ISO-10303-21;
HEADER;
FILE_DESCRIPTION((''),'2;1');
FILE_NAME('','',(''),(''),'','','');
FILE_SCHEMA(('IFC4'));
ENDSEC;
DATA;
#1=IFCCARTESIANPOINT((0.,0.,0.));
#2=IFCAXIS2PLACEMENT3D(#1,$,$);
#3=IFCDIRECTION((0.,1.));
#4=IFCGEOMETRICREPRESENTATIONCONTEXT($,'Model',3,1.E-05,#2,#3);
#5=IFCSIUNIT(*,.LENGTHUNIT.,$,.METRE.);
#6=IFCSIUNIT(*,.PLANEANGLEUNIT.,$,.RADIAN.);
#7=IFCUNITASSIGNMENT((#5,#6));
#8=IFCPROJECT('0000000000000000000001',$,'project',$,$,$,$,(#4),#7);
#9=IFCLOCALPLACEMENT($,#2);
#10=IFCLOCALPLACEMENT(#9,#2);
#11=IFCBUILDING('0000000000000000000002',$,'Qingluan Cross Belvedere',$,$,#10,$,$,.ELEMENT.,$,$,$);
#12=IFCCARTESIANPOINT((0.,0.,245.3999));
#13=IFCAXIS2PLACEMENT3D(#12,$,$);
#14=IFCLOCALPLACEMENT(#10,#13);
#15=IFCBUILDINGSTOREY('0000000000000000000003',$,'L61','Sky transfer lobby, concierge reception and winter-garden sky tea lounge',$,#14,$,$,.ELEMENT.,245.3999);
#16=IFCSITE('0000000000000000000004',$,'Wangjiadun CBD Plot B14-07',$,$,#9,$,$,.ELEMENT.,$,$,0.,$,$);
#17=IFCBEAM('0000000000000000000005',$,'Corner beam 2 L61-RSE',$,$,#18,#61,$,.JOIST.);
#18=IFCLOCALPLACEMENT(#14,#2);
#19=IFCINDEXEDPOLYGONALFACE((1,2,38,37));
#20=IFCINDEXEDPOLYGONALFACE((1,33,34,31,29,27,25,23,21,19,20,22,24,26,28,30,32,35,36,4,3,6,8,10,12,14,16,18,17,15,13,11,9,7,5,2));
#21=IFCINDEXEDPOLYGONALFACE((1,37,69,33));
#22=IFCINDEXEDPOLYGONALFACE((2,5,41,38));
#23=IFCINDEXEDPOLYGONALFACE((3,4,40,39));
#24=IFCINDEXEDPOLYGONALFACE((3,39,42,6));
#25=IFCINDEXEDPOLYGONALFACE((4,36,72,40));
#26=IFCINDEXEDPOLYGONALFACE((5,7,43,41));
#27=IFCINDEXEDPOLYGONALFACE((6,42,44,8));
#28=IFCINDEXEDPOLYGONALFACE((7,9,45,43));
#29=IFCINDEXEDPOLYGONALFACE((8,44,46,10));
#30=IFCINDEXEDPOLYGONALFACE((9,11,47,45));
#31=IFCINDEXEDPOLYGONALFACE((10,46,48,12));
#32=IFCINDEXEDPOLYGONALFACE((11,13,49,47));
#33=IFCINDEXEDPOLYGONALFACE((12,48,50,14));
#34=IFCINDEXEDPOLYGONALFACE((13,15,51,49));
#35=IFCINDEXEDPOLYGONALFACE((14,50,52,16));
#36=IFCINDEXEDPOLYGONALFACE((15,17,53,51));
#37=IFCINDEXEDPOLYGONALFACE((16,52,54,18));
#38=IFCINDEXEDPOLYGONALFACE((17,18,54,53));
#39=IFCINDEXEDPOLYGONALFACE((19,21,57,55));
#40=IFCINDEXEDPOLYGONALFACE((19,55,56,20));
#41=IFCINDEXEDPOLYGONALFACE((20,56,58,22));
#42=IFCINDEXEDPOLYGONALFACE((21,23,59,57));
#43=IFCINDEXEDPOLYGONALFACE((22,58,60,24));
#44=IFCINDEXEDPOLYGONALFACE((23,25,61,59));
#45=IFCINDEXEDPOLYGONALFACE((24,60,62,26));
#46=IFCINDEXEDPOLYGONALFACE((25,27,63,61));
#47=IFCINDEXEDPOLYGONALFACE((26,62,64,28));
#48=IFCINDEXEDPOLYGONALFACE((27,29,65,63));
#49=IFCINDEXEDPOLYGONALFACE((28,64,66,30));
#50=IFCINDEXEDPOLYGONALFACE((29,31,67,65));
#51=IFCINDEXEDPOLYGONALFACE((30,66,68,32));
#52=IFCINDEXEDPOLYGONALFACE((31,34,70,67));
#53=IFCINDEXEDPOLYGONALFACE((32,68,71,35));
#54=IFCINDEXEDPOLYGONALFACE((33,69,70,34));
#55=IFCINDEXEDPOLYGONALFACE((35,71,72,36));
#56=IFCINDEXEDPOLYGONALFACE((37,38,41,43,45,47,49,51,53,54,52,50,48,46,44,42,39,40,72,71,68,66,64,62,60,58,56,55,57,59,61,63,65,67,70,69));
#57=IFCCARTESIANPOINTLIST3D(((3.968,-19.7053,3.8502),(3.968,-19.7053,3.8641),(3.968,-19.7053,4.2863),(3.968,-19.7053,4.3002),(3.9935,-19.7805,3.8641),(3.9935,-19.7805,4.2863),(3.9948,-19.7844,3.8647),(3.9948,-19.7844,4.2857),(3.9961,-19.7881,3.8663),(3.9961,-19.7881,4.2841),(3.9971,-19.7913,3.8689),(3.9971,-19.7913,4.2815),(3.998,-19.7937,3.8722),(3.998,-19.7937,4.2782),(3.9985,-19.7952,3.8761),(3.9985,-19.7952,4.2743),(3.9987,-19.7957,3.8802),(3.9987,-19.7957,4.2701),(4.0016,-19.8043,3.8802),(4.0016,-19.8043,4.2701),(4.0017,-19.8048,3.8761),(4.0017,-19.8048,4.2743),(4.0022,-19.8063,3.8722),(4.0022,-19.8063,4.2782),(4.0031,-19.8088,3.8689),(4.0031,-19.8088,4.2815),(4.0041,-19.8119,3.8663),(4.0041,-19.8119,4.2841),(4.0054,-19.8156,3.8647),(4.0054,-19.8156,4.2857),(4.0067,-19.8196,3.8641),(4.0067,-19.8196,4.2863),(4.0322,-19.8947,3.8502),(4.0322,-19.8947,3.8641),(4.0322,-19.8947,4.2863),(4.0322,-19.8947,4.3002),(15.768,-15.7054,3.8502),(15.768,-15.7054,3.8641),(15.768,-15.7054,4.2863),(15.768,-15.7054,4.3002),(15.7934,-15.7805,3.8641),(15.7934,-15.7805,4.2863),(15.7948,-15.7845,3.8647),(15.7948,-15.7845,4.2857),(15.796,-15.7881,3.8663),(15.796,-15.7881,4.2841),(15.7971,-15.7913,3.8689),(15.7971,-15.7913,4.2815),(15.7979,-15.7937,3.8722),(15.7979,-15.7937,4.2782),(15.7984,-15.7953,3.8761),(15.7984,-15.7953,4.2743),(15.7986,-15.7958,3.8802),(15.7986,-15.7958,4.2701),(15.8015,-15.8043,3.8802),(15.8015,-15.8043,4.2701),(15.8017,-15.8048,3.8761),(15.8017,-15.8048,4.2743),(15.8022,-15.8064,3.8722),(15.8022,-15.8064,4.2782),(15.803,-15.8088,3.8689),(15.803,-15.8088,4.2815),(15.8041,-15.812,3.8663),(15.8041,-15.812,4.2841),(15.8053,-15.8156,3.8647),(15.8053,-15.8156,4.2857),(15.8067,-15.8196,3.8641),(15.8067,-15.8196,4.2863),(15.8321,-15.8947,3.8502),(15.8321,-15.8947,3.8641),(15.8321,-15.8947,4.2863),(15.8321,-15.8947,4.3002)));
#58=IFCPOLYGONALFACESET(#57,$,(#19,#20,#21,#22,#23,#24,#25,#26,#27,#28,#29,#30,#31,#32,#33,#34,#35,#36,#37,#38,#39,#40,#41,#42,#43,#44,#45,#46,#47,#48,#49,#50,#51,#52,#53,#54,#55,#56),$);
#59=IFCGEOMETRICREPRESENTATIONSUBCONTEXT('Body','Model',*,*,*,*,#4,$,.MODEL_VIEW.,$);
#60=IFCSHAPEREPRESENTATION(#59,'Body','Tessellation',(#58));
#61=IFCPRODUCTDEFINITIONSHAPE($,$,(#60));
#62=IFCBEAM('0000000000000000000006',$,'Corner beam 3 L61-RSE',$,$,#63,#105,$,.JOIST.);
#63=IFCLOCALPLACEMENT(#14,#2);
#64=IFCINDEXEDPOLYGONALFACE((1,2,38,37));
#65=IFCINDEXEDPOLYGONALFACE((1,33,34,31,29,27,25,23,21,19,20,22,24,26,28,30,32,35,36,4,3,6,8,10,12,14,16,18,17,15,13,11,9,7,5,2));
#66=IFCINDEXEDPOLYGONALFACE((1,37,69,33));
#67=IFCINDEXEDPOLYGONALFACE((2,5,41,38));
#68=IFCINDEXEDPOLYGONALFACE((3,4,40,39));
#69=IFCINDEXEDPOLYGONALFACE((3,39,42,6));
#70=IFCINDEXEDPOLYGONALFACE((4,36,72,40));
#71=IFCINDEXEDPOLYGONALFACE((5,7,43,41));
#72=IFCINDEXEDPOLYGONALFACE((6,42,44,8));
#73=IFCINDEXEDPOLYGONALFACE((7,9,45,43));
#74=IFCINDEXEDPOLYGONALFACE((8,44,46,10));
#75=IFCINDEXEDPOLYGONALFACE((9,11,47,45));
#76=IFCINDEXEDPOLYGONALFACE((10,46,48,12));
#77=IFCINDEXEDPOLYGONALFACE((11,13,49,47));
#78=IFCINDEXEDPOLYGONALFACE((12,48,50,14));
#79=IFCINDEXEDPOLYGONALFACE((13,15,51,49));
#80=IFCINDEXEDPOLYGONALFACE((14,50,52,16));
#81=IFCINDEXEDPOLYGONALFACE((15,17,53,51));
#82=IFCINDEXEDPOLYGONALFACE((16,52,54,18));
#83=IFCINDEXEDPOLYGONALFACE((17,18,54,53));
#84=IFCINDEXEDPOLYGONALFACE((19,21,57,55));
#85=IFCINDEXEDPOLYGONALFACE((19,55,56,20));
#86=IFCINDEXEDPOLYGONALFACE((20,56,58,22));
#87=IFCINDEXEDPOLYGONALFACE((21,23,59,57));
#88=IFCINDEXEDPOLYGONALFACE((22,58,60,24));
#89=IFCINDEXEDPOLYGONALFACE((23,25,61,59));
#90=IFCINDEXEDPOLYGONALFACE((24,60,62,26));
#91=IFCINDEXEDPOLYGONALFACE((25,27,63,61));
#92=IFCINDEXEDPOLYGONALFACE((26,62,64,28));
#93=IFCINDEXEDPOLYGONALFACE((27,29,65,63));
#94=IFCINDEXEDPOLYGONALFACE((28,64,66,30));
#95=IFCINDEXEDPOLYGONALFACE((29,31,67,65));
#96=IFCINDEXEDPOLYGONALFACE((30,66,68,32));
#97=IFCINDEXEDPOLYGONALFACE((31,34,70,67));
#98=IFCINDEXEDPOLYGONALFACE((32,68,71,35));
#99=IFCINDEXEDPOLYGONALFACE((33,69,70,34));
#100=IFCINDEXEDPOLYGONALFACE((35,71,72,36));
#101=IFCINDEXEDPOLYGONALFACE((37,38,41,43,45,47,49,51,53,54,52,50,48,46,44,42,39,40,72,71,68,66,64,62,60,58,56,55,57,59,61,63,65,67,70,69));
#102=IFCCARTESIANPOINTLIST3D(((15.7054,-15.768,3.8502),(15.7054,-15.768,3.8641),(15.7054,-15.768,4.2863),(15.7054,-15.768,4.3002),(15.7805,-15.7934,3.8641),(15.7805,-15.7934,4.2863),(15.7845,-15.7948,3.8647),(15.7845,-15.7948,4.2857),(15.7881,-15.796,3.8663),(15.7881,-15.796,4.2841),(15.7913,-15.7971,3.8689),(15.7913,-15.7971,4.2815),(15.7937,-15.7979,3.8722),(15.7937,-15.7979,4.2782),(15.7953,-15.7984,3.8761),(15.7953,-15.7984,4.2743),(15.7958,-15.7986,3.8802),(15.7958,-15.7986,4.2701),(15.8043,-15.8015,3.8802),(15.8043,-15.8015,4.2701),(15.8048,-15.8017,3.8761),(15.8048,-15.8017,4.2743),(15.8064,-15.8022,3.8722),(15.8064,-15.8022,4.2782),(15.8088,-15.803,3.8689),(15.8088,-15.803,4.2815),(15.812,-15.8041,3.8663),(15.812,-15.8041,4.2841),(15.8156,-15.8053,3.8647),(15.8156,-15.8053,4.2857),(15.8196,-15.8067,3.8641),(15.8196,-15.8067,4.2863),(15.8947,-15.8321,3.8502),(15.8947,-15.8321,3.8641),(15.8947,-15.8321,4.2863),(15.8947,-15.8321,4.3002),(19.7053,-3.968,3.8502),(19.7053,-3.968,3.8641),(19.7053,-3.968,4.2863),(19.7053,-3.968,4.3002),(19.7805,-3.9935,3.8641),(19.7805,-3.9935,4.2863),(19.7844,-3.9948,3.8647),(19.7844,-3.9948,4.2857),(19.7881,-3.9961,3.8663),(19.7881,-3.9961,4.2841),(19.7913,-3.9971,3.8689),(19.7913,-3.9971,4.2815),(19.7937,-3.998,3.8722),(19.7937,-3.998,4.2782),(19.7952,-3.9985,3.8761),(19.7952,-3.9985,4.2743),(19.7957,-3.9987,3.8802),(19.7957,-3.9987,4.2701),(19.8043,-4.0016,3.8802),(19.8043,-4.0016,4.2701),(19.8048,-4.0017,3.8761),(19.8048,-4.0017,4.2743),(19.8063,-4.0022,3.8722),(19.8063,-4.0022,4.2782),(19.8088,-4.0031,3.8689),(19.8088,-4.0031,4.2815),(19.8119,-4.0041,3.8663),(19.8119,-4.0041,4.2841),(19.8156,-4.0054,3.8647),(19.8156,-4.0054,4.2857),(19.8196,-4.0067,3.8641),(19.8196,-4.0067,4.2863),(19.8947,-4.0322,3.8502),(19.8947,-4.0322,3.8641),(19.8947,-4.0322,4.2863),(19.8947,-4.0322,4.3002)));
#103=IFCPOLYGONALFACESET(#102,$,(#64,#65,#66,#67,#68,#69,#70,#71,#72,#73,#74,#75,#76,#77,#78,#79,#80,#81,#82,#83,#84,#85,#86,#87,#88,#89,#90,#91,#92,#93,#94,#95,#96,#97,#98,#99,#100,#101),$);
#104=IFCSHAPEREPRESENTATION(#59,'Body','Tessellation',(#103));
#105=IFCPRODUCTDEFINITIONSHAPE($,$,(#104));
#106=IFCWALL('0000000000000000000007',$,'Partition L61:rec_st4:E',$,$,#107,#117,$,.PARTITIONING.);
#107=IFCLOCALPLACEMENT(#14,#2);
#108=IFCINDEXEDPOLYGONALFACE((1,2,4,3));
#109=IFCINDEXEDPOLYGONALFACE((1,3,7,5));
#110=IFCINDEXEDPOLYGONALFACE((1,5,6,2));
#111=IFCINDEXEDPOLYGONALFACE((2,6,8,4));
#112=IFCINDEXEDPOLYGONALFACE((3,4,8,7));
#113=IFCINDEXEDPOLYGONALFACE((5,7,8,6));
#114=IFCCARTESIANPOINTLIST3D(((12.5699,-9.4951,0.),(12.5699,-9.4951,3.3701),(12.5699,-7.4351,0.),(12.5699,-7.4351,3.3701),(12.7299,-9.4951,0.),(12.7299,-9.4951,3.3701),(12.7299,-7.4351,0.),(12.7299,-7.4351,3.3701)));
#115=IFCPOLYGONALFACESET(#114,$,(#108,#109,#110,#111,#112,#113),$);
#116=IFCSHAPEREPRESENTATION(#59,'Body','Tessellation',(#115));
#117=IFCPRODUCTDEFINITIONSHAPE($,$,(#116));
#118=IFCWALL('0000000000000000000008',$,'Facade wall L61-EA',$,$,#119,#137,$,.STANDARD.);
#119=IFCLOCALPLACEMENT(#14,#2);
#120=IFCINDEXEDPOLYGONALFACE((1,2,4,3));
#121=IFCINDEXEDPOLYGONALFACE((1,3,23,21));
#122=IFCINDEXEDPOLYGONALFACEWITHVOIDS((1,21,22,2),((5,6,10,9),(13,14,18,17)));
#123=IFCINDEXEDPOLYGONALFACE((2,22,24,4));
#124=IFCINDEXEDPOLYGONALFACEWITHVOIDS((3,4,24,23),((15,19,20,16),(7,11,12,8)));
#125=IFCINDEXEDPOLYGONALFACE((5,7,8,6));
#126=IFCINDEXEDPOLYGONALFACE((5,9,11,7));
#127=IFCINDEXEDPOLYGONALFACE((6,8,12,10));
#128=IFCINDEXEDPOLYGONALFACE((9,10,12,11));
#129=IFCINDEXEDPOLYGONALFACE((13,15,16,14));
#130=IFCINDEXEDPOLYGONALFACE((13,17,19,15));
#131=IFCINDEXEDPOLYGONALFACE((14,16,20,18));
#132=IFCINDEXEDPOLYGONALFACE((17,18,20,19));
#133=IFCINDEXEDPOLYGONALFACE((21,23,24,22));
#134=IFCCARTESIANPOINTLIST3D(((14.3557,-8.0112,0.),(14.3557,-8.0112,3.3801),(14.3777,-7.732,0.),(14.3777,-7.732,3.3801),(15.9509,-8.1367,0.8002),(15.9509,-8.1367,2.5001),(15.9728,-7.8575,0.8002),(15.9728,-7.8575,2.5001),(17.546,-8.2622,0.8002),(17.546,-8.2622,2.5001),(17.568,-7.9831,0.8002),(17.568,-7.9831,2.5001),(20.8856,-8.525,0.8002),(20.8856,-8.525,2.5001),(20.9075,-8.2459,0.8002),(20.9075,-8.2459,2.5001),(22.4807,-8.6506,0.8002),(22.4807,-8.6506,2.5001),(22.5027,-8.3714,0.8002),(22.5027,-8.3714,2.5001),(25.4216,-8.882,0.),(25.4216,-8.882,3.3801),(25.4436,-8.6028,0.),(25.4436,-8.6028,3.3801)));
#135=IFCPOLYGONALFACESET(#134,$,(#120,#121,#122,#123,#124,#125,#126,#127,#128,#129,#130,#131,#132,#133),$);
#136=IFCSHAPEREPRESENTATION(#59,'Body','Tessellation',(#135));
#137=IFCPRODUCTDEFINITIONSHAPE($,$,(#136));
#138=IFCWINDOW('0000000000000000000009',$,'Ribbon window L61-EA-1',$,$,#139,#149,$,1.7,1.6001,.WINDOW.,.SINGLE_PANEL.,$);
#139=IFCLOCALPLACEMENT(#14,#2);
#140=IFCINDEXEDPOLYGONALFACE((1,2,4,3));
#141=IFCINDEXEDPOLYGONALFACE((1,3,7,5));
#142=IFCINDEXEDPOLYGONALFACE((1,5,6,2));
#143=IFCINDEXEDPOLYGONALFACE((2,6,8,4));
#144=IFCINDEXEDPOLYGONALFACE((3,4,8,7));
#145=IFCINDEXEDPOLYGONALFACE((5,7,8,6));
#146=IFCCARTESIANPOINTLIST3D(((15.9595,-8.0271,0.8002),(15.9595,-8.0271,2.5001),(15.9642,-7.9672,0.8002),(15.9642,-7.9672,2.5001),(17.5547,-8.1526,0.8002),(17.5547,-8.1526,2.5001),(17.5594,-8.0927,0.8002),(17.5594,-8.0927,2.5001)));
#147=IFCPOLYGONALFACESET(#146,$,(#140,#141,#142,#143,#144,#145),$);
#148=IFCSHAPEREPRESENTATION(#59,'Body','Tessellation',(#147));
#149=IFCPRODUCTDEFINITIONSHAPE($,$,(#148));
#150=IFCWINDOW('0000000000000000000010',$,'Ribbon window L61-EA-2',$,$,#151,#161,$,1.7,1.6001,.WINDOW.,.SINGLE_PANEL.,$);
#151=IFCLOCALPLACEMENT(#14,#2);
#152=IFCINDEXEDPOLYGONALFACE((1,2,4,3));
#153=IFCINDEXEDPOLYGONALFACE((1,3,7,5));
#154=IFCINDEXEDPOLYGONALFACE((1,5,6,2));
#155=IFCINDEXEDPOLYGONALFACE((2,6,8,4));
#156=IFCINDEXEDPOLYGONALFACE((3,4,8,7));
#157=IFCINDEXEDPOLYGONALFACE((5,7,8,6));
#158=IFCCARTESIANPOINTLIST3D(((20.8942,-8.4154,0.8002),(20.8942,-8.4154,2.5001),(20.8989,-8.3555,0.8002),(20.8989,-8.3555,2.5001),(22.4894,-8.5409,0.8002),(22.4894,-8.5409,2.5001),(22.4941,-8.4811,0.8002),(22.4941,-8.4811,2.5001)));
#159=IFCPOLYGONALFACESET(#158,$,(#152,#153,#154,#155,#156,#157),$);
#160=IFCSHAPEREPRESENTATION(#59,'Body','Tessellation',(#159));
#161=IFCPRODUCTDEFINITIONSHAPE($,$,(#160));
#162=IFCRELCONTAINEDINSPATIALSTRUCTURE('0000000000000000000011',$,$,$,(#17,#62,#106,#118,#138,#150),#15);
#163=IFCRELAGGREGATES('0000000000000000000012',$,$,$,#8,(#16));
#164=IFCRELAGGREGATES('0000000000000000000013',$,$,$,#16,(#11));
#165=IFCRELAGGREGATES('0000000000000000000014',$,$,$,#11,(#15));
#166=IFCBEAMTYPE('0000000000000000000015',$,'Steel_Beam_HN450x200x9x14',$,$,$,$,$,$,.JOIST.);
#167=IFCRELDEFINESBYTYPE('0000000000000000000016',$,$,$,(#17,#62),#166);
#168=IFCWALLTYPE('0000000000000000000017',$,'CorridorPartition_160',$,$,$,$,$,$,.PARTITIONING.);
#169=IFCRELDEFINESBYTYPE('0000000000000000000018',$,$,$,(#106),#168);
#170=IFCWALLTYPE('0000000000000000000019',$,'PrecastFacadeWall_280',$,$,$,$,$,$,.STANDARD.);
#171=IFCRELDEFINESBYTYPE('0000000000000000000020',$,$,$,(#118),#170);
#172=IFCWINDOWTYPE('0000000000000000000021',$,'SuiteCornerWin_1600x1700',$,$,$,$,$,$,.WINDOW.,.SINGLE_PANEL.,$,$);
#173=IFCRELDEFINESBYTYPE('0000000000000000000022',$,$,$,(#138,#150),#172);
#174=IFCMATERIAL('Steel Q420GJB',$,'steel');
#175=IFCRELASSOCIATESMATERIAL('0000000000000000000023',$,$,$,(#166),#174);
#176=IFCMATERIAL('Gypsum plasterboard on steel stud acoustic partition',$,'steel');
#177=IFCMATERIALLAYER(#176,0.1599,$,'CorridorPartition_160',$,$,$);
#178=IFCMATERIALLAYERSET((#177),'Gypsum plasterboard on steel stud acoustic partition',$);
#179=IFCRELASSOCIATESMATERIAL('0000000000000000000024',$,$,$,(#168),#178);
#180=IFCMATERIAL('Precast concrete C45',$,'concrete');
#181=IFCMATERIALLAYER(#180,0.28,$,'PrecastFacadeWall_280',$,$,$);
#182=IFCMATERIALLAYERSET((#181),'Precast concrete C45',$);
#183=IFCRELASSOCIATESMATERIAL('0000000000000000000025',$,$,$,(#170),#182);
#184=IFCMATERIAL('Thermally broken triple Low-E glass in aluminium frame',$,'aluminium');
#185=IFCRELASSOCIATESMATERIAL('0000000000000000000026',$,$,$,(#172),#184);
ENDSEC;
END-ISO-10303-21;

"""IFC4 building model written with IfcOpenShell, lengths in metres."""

from ifc_helpers import new_model, si_unit, direction, frame, frame_2d, origin, origin_2d, place, context, subcontext, project, spatial, rectangle, i_section, extrude, material, layer, layer_set, material_profile, profile_set, type_object, element, fill, save


model = new_model("IFC4")

# Units and contexts
model_context = context("Model", 3, precision=1e-05, world=origin(), true_north=direction((0.0, 1.0)))
body_context = subcontext(model_context, "Body", "Model", "MODEL_VIEW")
ifc_project = project(units=[si_unit("LENGTHUNIT", "METRE"), si_unit("PLANEANGLEUNIT", "RADIAN")], contexts=[model_context])

# Site, building, storey
site_placement = place(None, origin())
site = spatial("IfcSite", under=ifc_project, at=site_placement, Name="Wangjiadun CBD Plot B14-07", CompositionType="ELEMENT", RefElevation=0.0)
building_placement = place(site_placement, origin())
building = spatial("IfcBuilding", under=site, at=building_placement, Name="Qingluan Cross Belvedere", CompositionType="ELEMENT")
storey_placement = place(building_placement, frame((0.0, 0.0, 245.3999)))
storey = spatial("IfcBuildingStorey", under=building, at=storey_placement, Name="L61", Description="Sky transfer lobby, concierge reception and winter-garden sky tea lounge", CompositionType="ELEMENT", Elevation=245.3999)

# Beams
ifc_material_1 = material(Name="Steel Q420GJB", Category="steel")
ifc_material_profile_1 = material_profile(ifc_material_1, i_section(OverallWidth=0.2, OverallDepth=0.45, WebThickness=0.009, FlangeThickness=0.0139, FilletRadius=0.0161, at=origin_2d()), Name="HN450x200x9x14")
ifc_profile_set_1 = profile_set([ifc_material_profile_1], Name="Steel Q420GJB")
beam_type_1 = type_object("IfcBeamType", Name="Steel_Beam_HN450x200x9x14", PredefinedType="JOIST", material=ifc_profile_set_1)
for number, where, z_axis, x_axis, name in (
    (1, (15.8, -15.8, 4.0752), (-0.947066, -0.321038, 0.0), (0.321038, -0.947066, 0.0), "Corner beam 2 L61-RSE"),
    (2, (15.8, -15.8, 4.0752), (0.321038, 0.947066, 0.0), (-0.947066, 0.321038, 0.0), "Corner beam 3 L61-RSE"),
):
    element("IfcBeam", number, at=place(storey_placement, frame(where, z_axis=z_axis, x_axis=x_axis)), inside=storey, type_object=beam_type_1, Name=name, PredefinedType="JOIST", context=body_context, shape_type="SweptSolid", body=[
        extrude(i_section(OverallWidth=0.2, OverallDepth=0.45, WebThickness=0.009, FlangeThickness=0.0139, FilletRadius=0.0161, at=origin_2d()), origin(), (0.0, 0.0, 1.0), 12.4595),
    ])

# Wall
ifc_material_2 = material(Name="Gypsum plasterboard on steel stud acoustic partition", Category="steel")
ifc_layer_1 = layer(ifc_material_2, 0.1599, Name="CorridorPartition_160")
ifc_layer_set_1 = layer_set([ifc_layer_1], Name="Gypsum plasterboard on steel stud acoustic partition")
wall_type_1 = type_object("IfcWallType", Name="CorridorPartition_160", PredefinedType="PARTITIONING", material=ifc_layer_set_1)
wall_1_placement = place(storey_placement, frame((12.6499, -9.4951, 0.0), z_axis=(0.0, 0.0, 1.0), x_axis=(0.0, 1.0, 0.0)))
element("IfcWall", 3, at=wall_1_placement, inside=storey, type_object=wall_type_1, Name="Partition L61:rec_st4:E", PredefinedType="PARTITIONING", context=body_context, shape_type="SweptSolid", body=[
    extrude(rectangle(XDim=2.0601, YDim=0.1599, at=frame_2d((1.03, 0.0))), origin(), (0.0, 0.0, 1.0), 3.3701),
])

# Wall, openings, windows
ifc_material_3 = material(Name="Precast concrete C45", Category="concrete")
ifc_layer_2 = layer(ifc_material_3, 0.28, Name="PrecastFacadeWall_280")
ifc_layer_set_2 = layer_set([ifc_layer_2], Name="Precast concrete C45")
wall_type_2 = type_object("IfcWallType", Name="PrecastFacadeWall_280", PredefinedType="STANDARD", material=ifc_layer_set_2)
wall_2_placement = place(storey_placement, frame((14.3667, -7.8716, 0.0), z_axis=(0.0, 0.0, 1.0), x_axis=(0.996918, -0.078454, 0.0)))
wall_2 = element("IfcWall", 4, at=wall_2_placement, inside=storey, type_object=wall_type_2, Name="Facade wall L61-EA", PredefinedType="STANDARD", context=body_context, shape_type="SweptSolid", body=[
    extrude(rectangle(XDim=11.1001, YDim=0.28, at=frame_2d((5.55, 0.0))), origin(), (0.0, 0.0, 1.0), 3.3801),
])
opening_1_placement = place(wall_2_placement, frame((1.6001, 0.0, 0.8)))
opening_1 = element("IfcOpeningElement", 5, at=opening_1_placement, cuts=wall_2, PredefinedType="OPENING", context=body_context, shape_type="SweptSolid", body=[
    extrude(rectangle(XDim=1.6001, YDim=1.7, at=frame_2d((0.8, 0.8501))), frame((0.0, 0.1499, 0.0), z_axis=(0.0, -1.0, 0.0), x_axis=(1.0, 0.0, 0.0)), (0.0, 0.0, 1.0), 0.3),
])
opening_2_placement = place(wall_2_placement, frame((6.55, 0.0, 0.8)))
opening_2 = element("IfcOpeningElement", 6, at=opening_2_placement, cuts=wall_2, PredefinedType="OPENING", context=body_context, shape_type="SweptSolid", body=[
    extrude(rectangle(XDim=1.6001, YDim=1.7, at=frame_2d((0.8, 0.8501))), frame((0.0, 0.1499, 0.0), z_axis=(0.0, -1.0, 0.0), x_axis=(1.0, 0.0, 0.0)), (0.0, 0.0, 1.0), 0.3),
])
ifc_material_4 = material(Name="Thermally broken triple Low-E glass in aluminium frame", Category="aluminium")
window_type = type_object("IfcWindowType", Name="SuiteCornerWin_1600x1700", PartitioningType="SINGLE_PANEL", PredefinedType="WINDOW", material=ifc_material_4)
window_1_placement = place(opening_1_placement, origin())
window_1 = element("IfcWindow", 7, at=window_1_placement, inside=storey, type_object=window_type, Name="Ribbon window L61-EA-1", OverallHeight=1.7, OverallWidth=1.6001, PartitioningType="SINGLE_PANEL", PredefinedType="WINDOW", context=body_context, shape_type="SweptSolid", body=[
    extrude(rectangle(XDim=1.6001, YDim=1.7, at=frame_2d((0.8, 0.8501))), frame((0.0, 0.03, 0.0), z_axis=(0.0, -1.0, 0.0), x_axis=(1.0, 0.0, 0.0)), (0.0, 0.0, 1.0), 0.0601),
])
fill(opening_1, window_1)
window_2_placement = place(opening_2_placement, origin())
window_2 = element("IfcWindow", 8, at=window_2_placement, inside=storey, type_object=window_type, Name="Ribbon window L61-EA-2", OverallHeight=1.7, OverallWidth=1.6001, PartitioningType="SINGLE_PANEL", PredefinedType="WINDOW", context=body_context, shape_type="SweptSolid", body=[
    extrude(rectangle(XDim=1.6001, YDim=1.7, at=frame_2d((0.8, 0.8501))), frame((0.0, 0.03, 0.0), z_axis=(0.0, -1.0, 0.0), x_axis=(1.0, 0.0, 0.0)), (0.0, 0.0, 1.0), 0.0601),
])
fill(opening_2, window_2)

save(model, "model.ifc")
